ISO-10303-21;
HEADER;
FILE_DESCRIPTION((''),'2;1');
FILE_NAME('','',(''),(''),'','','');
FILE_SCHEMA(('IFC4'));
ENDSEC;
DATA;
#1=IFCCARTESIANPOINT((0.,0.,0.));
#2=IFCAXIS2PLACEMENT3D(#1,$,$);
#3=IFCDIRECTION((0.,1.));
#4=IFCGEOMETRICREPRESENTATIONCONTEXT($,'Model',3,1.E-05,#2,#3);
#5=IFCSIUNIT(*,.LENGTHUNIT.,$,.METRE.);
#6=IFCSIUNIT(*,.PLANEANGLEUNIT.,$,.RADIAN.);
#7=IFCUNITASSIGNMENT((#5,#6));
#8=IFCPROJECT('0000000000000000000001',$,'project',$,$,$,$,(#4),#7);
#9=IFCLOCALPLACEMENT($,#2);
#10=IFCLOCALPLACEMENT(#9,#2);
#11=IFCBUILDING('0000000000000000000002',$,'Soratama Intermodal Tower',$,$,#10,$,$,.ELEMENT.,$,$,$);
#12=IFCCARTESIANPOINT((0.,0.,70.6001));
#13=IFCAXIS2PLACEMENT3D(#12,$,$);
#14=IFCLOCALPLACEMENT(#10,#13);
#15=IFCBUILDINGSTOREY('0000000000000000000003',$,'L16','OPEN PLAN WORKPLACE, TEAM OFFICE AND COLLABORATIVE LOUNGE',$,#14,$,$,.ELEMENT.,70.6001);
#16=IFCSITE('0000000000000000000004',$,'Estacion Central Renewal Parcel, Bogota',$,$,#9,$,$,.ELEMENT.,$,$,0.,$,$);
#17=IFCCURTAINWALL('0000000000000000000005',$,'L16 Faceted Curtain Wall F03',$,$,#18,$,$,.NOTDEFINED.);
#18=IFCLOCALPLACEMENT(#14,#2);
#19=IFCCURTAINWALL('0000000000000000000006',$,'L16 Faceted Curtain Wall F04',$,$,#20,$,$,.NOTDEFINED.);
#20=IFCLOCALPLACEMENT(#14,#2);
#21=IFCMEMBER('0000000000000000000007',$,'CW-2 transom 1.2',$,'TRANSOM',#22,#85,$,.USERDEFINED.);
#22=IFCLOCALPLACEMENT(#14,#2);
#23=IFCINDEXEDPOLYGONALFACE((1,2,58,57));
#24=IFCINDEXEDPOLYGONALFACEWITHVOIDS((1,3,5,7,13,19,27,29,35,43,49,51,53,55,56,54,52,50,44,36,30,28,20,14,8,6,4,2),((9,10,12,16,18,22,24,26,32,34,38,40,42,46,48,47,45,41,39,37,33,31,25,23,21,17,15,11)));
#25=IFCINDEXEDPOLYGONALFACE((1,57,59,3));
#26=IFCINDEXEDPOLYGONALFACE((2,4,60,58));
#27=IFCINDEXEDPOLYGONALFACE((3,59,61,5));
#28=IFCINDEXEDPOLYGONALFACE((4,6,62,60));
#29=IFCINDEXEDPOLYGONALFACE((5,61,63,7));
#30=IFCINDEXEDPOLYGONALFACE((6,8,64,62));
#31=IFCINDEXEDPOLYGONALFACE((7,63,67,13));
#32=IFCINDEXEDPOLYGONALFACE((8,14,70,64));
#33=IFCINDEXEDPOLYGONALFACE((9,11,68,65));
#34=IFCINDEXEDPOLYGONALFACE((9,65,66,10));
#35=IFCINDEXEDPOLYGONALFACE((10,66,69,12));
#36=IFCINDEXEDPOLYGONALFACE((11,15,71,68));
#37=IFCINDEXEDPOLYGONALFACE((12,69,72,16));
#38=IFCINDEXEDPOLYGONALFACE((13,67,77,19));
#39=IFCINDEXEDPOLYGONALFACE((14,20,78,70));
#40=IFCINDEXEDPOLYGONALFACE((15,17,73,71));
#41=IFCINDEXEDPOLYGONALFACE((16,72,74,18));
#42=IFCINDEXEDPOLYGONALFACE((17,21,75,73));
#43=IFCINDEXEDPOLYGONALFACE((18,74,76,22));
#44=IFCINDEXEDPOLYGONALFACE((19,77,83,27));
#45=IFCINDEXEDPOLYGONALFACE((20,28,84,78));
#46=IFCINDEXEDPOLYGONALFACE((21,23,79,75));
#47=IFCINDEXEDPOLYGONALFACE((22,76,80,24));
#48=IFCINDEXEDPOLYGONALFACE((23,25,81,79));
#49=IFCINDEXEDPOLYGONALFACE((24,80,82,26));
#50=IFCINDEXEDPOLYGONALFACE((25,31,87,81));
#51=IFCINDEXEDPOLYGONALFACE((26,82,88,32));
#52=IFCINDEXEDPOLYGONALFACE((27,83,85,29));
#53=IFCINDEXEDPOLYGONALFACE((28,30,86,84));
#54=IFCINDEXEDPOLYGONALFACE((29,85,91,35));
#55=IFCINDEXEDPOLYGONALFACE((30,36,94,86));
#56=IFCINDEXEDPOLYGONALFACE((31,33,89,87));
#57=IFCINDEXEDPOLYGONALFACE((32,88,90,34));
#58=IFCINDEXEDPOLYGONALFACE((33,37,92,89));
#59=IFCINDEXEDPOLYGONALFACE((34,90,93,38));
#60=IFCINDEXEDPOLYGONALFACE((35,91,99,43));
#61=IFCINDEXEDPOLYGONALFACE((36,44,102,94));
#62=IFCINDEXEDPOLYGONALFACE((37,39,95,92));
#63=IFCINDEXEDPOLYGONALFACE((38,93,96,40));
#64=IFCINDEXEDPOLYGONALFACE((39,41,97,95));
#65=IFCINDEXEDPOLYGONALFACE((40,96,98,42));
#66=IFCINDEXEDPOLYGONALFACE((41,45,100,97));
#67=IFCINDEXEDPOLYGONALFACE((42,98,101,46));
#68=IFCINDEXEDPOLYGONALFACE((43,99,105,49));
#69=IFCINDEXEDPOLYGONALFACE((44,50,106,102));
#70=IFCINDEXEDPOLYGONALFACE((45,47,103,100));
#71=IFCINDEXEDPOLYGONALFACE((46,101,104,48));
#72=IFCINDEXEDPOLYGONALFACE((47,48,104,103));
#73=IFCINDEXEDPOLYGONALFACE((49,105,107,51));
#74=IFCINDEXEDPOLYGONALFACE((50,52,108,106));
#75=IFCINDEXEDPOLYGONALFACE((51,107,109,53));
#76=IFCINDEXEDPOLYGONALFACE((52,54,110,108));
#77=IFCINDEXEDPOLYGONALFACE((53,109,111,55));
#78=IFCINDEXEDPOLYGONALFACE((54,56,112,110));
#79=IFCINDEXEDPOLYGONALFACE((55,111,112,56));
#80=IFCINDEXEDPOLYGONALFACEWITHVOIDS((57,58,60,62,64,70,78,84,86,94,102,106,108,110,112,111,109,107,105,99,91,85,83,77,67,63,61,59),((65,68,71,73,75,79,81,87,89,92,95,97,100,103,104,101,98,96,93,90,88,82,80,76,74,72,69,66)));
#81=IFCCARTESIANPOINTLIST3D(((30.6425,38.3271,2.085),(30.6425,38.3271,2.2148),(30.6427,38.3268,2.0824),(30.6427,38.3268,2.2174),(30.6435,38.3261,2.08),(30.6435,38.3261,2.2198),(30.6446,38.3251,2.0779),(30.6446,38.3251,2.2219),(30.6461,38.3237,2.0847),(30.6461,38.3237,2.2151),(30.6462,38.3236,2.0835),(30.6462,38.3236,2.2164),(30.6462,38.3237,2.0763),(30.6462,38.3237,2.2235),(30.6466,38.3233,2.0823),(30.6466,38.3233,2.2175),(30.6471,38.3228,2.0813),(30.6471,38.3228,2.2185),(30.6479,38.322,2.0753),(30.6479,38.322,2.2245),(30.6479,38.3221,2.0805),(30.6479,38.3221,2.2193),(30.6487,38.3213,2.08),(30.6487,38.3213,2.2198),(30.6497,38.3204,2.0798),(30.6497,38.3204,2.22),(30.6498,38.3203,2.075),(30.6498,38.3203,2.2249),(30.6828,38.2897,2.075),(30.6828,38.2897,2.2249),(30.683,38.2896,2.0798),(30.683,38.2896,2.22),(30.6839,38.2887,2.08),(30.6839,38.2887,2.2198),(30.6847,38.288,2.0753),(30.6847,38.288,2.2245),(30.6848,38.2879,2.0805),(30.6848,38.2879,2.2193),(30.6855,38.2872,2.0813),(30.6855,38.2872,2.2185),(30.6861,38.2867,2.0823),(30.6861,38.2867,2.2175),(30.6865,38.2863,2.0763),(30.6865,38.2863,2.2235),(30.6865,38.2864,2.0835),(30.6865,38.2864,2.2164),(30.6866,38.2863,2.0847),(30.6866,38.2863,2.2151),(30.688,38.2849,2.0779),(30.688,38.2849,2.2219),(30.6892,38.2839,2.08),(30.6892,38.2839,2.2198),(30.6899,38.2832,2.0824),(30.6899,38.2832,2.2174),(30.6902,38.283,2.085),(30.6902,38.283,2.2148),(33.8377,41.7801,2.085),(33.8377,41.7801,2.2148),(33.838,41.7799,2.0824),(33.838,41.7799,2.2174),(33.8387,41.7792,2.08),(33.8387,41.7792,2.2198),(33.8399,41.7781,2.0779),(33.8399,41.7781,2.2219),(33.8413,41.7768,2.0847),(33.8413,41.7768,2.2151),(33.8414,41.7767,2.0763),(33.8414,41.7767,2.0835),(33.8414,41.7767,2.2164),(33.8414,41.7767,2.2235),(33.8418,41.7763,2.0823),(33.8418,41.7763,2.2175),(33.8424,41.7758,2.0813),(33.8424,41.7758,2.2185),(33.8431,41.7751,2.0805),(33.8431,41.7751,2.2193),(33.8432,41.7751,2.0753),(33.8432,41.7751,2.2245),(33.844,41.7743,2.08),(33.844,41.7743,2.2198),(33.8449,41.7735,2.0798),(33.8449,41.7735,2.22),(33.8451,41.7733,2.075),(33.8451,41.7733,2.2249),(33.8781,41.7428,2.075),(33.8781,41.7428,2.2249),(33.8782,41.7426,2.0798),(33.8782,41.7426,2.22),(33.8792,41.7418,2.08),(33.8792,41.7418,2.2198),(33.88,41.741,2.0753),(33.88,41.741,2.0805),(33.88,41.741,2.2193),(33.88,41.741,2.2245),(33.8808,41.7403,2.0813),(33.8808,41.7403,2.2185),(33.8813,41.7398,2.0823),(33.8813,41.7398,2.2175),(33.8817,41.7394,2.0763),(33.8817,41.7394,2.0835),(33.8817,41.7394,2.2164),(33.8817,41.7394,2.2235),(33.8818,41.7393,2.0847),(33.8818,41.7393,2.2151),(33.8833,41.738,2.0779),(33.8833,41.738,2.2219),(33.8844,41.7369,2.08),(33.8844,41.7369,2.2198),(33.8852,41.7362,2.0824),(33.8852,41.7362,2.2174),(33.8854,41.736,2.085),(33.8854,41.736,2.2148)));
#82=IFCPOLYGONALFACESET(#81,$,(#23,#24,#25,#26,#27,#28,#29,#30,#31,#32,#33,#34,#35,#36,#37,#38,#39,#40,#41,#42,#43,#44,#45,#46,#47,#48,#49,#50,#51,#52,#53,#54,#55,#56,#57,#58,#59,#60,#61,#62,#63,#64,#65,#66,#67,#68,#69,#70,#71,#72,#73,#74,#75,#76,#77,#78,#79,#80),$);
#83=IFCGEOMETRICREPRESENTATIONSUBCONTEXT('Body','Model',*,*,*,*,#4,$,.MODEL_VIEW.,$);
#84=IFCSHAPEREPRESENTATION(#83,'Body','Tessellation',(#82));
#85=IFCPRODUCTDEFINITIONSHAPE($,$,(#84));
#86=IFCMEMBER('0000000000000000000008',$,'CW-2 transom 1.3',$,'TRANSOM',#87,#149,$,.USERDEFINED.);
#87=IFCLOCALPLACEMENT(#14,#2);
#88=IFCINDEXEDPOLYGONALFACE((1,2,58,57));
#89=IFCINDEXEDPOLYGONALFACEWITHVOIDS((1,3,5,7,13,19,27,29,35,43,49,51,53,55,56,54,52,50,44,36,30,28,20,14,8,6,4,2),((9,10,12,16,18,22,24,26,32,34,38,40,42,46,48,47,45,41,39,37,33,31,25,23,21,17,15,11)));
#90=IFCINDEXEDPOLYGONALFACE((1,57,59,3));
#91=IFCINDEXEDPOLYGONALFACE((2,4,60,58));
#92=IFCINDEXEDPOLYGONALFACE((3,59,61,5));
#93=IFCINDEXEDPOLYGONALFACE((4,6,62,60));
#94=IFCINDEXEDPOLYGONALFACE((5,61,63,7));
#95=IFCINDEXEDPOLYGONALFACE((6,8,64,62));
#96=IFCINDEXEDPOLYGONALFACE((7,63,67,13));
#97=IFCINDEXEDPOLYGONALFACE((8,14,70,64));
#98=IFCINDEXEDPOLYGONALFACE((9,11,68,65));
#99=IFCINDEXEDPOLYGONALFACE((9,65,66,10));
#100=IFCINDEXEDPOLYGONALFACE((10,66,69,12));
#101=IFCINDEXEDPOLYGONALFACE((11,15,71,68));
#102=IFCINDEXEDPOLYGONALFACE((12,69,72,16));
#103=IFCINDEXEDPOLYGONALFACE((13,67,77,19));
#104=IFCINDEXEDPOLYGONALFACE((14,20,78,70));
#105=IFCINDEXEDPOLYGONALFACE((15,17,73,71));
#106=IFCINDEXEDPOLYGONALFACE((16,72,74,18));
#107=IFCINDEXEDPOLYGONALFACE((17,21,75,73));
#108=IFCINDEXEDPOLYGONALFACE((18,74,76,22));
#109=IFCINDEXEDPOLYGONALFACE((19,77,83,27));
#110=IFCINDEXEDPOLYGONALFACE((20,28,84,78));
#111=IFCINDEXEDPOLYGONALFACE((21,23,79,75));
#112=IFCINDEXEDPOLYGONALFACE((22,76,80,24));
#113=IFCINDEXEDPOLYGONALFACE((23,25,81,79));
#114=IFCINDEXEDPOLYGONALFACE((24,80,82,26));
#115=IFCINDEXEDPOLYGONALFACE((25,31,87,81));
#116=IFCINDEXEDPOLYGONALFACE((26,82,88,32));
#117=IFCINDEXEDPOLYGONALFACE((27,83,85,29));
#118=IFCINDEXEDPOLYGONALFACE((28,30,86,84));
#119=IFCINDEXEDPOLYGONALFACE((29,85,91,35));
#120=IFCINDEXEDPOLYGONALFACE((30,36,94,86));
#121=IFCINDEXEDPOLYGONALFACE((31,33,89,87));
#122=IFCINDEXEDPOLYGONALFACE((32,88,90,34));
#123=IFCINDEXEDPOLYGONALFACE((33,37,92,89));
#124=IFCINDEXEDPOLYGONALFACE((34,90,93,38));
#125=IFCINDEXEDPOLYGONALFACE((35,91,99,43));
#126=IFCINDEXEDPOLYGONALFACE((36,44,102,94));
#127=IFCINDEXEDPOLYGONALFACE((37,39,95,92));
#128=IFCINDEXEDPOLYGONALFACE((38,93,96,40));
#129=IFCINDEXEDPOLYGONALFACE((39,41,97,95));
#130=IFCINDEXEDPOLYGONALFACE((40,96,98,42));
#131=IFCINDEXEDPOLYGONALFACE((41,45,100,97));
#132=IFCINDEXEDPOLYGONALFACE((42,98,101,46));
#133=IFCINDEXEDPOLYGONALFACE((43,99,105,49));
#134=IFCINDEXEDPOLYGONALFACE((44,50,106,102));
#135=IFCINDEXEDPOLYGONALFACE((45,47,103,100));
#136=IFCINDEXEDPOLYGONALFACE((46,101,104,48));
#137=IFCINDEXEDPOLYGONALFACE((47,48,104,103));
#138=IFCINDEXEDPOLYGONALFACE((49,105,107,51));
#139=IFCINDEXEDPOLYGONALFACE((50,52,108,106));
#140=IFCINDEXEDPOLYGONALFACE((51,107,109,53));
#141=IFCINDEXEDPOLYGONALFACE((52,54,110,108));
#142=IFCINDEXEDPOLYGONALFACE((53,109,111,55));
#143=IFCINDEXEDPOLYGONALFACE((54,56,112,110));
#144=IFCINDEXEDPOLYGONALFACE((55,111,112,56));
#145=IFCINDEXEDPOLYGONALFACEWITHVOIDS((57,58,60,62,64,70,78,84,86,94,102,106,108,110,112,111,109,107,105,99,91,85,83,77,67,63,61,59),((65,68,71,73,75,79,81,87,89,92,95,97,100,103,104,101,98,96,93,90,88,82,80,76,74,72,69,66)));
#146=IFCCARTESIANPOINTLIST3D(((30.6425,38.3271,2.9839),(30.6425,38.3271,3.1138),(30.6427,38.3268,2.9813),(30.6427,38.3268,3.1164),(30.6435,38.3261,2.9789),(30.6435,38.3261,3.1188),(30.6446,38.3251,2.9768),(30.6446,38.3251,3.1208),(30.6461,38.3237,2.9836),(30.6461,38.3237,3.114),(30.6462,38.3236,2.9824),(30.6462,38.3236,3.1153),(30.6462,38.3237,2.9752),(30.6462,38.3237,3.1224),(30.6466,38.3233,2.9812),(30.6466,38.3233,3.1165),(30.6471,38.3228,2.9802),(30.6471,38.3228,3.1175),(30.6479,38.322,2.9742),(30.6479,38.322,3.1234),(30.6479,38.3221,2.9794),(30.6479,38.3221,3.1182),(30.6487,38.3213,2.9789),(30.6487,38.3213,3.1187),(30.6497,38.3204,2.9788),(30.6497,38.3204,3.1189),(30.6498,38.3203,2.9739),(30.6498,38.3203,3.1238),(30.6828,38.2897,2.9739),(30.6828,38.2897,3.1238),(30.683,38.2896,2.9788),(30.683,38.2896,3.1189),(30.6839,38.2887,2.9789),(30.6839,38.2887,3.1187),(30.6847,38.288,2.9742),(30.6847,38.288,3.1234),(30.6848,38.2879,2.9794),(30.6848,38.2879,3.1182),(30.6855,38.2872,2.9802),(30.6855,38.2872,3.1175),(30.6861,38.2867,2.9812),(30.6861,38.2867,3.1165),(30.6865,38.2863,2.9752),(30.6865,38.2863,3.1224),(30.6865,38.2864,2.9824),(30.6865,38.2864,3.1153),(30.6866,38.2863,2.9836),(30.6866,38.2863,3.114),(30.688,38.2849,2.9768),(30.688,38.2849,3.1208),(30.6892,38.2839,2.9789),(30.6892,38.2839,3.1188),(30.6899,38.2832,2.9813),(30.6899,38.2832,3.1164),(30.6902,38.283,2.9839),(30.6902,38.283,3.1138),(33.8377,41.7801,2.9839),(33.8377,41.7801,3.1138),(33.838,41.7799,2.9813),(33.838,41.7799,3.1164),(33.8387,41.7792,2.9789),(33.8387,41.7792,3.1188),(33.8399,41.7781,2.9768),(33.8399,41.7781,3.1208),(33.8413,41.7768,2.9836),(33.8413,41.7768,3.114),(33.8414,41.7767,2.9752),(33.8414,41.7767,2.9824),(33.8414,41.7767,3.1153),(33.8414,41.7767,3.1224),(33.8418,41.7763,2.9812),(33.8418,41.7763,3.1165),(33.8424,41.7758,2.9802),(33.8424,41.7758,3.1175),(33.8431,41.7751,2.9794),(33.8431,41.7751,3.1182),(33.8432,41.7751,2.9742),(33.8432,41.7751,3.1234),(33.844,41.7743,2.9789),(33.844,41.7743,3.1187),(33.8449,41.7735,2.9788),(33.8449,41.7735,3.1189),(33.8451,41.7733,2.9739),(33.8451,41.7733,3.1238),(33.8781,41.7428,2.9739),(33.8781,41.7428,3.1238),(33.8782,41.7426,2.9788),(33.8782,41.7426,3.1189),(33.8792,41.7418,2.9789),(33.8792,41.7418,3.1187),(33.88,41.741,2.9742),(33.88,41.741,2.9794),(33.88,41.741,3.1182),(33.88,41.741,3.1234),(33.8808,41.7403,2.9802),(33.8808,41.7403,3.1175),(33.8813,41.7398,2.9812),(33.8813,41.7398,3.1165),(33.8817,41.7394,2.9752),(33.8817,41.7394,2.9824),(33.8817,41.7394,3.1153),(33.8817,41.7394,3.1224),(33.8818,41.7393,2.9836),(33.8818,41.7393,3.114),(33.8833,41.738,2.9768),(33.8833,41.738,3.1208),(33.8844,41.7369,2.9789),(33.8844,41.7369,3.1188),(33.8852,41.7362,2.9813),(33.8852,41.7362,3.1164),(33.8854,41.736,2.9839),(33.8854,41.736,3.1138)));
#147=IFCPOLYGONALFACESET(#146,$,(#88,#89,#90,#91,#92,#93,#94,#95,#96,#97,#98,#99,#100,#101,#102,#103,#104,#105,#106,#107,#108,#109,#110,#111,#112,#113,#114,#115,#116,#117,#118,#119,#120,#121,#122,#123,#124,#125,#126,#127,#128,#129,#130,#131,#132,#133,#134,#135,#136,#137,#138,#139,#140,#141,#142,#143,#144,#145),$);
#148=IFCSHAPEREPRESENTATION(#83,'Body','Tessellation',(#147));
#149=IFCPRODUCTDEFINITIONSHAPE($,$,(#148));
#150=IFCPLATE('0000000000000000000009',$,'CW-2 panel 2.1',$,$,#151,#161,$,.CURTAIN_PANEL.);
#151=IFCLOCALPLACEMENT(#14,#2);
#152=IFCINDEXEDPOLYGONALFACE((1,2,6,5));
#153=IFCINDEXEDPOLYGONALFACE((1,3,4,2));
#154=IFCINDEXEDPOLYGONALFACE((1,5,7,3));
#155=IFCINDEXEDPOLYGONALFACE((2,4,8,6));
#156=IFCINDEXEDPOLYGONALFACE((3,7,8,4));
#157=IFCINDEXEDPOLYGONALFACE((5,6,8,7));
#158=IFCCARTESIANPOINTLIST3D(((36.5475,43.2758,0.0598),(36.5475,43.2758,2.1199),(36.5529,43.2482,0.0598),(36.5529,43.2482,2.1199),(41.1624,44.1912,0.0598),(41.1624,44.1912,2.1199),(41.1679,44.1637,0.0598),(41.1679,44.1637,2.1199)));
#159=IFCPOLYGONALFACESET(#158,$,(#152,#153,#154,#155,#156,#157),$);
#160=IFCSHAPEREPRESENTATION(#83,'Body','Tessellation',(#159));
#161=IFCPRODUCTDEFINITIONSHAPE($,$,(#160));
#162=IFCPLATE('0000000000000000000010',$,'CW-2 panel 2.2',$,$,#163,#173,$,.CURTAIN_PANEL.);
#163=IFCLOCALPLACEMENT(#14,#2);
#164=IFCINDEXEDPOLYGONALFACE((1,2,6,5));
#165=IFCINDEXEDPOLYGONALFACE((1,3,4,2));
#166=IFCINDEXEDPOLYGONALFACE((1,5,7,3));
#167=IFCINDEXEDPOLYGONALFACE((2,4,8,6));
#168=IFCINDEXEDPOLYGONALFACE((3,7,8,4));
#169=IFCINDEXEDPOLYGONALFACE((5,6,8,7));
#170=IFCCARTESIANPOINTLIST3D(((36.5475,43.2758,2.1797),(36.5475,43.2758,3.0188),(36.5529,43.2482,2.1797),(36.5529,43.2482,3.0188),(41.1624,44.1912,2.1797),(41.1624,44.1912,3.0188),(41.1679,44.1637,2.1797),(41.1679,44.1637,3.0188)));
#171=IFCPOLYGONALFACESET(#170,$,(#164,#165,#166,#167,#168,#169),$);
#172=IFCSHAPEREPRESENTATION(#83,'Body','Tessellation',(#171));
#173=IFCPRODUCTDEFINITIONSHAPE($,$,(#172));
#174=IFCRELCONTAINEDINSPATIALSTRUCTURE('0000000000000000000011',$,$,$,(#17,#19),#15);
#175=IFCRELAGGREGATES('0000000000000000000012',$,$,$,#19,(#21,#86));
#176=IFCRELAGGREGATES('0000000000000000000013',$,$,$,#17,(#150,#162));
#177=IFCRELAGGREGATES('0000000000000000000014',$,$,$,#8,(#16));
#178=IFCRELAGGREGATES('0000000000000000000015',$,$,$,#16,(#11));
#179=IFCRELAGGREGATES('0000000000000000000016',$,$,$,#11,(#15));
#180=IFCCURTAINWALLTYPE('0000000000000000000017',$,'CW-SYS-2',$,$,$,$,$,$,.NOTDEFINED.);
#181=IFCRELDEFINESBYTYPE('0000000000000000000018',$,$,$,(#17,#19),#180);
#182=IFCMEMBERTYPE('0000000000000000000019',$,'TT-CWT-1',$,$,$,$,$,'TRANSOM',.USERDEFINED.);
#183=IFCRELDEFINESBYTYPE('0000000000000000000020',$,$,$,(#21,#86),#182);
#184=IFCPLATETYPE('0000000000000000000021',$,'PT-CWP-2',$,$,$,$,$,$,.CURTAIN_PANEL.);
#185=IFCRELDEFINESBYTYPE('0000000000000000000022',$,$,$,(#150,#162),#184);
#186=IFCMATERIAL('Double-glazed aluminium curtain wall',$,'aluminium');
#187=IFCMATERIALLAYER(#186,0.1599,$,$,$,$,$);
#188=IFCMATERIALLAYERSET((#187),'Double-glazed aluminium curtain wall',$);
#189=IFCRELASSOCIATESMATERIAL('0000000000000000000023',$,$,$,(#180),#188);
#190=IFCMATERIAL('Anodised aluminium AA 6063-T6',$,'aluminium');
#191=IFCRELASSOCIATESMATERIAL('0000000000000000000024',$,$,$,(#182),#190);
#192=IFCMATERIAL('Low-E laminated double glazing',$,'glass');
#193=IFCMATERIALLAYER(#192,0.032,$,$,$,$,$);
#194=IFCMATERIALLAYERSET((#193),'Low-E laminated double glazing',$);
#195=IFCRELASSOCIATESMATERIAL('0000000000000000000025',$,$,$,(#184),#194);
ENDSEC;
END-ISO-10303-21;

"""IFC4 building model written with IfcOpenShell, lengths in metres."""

from ifc_helpers import new_model, si_unit, direction, frame, origin, origin_2d, place, context, subcontext, project, spatial, rectangle, hollow_rectangle, extrude, material, layer, layer_set, material_profile, profile_set, type_object, element, aggregate, save


model = new_model("IFC4")

# Units and contexts
model_context = context("Model", 3, precision=1e-05, world=origin(), true_north=direction((0.0, 1.0)))
body_context = subcontext(model_context, "Body", "Model", "MODEL_VIEW")
ifc_project = project(units=[si_unit("LENGTHUNIT", "METRE"), si_unit("PLANEANGLEUNIT", "RADIAN")], contexts=[model_context])

# Site, building, storey
site_placement = place(None, origin())
site = spatial("IfcSite", under=ifc_project, at=site_placement, Name="Estacion Central Renewal Parcel, Bogota", CompositionType="ELEMENT", RefElevation=0.0)
building_placement = place(site_placement, origin())
building = spatial("IfcBuilding", under=site, at=building_placement, Name="Soratama Intermodal Tower", CompositionType="ELEMENT")
storey_placement = place(building_placement, frame((0.0, 0.0, 70.6001)))
storey = spatial("IfcBuildingStorey", under=building, at=storey_placement, Name="L16", Description="OPEN PLAN WORKPLACE, TEAM OFFICE AND COLLABORATIVE LOUNGE", CompositionType="ELEMENT", Elevation=70.6001)

# Curtain wall
ifc_material_1 = material(Name="Double-glazed aluminium curtain wall", Category="aluminium")
ifc_layer_1 = layer(ifc_material_1, 0.1599)
ifc_layer_set_1 = layer_set([ifc_layer_1], Name="Double-glazed aluminium curtain wall")
curtain_wall_type = type_object("IfcCurtainWallType", Name="CW-SYS-2", PredefinedType="NOTDEFINED", material=ifc_layer_set_1)
curtain_wall_1_placement = place(storey_placement, origin())
curtain_wall_1 = element("IfcCurtainWall", 1, at=curtain_wall_1_placement, inside=storey, type_object=curtain_wall_type, Name="L16 Faceted Curtain Wall F03", PredefinedType="NOTDEFINED")

# Curtain wall, members
curtain_wall_2_placement = place(storey_placement, origin())
curtain_wall_2 = element("IfcCurtainWall", 2, at=curtain_wall_2_placement, inside=storey, type_object=curtain_wall_type, Name="L16 Faceted Curtain Wall F04", PredefinedType="NOTDEFINED")
ifc_material_2 = material(Name="Anodised aluminium AA 6063-T6", Category="aluminium")
ifc_material_profile_1 = material_profile(ifc_material_2, hollow_rectangle(XDim=0.0649, YDim=0.1499, WallThickness=0.0049, InnerFilletRadius=0.0049, OuterFilletRadius=0.01, at=origin_2d()), Name="CWT150X65X5")
ifc_profile_set_1 = profile_set([ifc_material_profile_1], Name="Anodised aluminium AA 6063-T6")
member_type_1 = type_object("IfcMemberType", Name="TT-CWT-1", ElementType="TRANSOM", PredefinedType="USERDEFINED", material=ifc_profile_set_1)
member_1_placement = place(storey_placement, frame((33.8616, 41.7581, 2.1499), z_axis=(-0.679176, -0.733975, 0.0), x_axis=(0.733975, -0.679176, 0.0)))
member_1 = element("IfcMember", 3, at=member_1_placement, type_object=member_type_1, Name="CW-2 transom 1.2", ObjectType="TRANSOM", PredefinedType="USERDEFINED", context=body_context, shape_type="SweptSolid", body=[
    extrude(hollow_rectangle(XDim=0.0649, YDim=0.1499, WallThickness=0.0049, InnerFilletRadius=0.0049, OuterFilletRadius=0.01, at=origin_2d()), origin(), (0.0, 0.0, 1.0), 4.7046),
])
member_2_placement = place(storey_placement, frame((33.8616, 41.7581, 3.0488), z_axis=(-0.679176, -0.733975, 0.0), x_axis=(0.733975, -0.679176, 0.0)))
member_2 = element("IfcMember", 4, at=member_2_placement, type_object=member_type_1, Name="CW-2 transom 1.3", ObjectType="TRANSOM", PredefinedType="USERDEFINED", context=body_context, shape_type="SweptSolid", body=[
    extrude(hollow_rectangle(XDim=0.0649, YDim=0.1499, WallThickness=0.0049, InnerFilletRadius=0.0049, OuterFilletRadius=0.01, at=origin_2d()), origin(), (0.0, 0.0, 1.0), 4.7046),
])
aggregate(curtain_wall_2, [member_1, member_2])

# Plates
ifc_material_3 = material(Name="Low-E laminated double glazing", Category="glass")
ifc_layer_2 = layer(ifc_material_3, 0.032)
ifc_layer_set_2 = layer_set([ifc_layer_2], Name="Low-E laminated double glazing")
plate_type = type_object("IfcPlateType", Name="PT-CWP-2", PredefinedType="CURTAIN_PANEL", material=ifc_layer_set_2)
plate_1_placement = place(storey_placement, frame((38.8577, 43.7197, 0.0598), z_axis=(0.0, 0.0, 1.0), x_axis=(-0.980888, -0.194572, 0.0)))
plate_1 = element("IfcPlate", 5, at=plate_1_placement, type_object=plate_type, Name="CW-2 panel 2.1", PredefinedType="CURTAIN_PANEL", context=body_context, shape_type="SweptSolid", body=[
    extrude(rectangle(XDim=4.7048, YDim=0.0281, at=origin_2d()), origin(), (0.0, 0.0, 1.0), 2.0601),
])
plate_2_placement = place(storey_placement, frame((38.8577, 43.7197, 2.1797), z_axis=(0.0, 0.0, 1.0), x_axis=(-0.980888, -0.194572, 0.0)))
plate_2 = element("IfcPlate", 6, at=plate_2_placement, type_object=plate_type, Name="CW-2 panel 2.2", PredefinedType="CURTAIN_PANEL", context=body_context, shape_type="SweptSolid", body=[
    extrude(rectangle(XDim=4.7048, YDim=0.0281, at=origin_2d()), origin(), (0.0, 0.0, 1.0), 0.8391),
])
aggregate(curtain_wall_1, [plate_1, plate_2])

save(model, "model.ifc")
